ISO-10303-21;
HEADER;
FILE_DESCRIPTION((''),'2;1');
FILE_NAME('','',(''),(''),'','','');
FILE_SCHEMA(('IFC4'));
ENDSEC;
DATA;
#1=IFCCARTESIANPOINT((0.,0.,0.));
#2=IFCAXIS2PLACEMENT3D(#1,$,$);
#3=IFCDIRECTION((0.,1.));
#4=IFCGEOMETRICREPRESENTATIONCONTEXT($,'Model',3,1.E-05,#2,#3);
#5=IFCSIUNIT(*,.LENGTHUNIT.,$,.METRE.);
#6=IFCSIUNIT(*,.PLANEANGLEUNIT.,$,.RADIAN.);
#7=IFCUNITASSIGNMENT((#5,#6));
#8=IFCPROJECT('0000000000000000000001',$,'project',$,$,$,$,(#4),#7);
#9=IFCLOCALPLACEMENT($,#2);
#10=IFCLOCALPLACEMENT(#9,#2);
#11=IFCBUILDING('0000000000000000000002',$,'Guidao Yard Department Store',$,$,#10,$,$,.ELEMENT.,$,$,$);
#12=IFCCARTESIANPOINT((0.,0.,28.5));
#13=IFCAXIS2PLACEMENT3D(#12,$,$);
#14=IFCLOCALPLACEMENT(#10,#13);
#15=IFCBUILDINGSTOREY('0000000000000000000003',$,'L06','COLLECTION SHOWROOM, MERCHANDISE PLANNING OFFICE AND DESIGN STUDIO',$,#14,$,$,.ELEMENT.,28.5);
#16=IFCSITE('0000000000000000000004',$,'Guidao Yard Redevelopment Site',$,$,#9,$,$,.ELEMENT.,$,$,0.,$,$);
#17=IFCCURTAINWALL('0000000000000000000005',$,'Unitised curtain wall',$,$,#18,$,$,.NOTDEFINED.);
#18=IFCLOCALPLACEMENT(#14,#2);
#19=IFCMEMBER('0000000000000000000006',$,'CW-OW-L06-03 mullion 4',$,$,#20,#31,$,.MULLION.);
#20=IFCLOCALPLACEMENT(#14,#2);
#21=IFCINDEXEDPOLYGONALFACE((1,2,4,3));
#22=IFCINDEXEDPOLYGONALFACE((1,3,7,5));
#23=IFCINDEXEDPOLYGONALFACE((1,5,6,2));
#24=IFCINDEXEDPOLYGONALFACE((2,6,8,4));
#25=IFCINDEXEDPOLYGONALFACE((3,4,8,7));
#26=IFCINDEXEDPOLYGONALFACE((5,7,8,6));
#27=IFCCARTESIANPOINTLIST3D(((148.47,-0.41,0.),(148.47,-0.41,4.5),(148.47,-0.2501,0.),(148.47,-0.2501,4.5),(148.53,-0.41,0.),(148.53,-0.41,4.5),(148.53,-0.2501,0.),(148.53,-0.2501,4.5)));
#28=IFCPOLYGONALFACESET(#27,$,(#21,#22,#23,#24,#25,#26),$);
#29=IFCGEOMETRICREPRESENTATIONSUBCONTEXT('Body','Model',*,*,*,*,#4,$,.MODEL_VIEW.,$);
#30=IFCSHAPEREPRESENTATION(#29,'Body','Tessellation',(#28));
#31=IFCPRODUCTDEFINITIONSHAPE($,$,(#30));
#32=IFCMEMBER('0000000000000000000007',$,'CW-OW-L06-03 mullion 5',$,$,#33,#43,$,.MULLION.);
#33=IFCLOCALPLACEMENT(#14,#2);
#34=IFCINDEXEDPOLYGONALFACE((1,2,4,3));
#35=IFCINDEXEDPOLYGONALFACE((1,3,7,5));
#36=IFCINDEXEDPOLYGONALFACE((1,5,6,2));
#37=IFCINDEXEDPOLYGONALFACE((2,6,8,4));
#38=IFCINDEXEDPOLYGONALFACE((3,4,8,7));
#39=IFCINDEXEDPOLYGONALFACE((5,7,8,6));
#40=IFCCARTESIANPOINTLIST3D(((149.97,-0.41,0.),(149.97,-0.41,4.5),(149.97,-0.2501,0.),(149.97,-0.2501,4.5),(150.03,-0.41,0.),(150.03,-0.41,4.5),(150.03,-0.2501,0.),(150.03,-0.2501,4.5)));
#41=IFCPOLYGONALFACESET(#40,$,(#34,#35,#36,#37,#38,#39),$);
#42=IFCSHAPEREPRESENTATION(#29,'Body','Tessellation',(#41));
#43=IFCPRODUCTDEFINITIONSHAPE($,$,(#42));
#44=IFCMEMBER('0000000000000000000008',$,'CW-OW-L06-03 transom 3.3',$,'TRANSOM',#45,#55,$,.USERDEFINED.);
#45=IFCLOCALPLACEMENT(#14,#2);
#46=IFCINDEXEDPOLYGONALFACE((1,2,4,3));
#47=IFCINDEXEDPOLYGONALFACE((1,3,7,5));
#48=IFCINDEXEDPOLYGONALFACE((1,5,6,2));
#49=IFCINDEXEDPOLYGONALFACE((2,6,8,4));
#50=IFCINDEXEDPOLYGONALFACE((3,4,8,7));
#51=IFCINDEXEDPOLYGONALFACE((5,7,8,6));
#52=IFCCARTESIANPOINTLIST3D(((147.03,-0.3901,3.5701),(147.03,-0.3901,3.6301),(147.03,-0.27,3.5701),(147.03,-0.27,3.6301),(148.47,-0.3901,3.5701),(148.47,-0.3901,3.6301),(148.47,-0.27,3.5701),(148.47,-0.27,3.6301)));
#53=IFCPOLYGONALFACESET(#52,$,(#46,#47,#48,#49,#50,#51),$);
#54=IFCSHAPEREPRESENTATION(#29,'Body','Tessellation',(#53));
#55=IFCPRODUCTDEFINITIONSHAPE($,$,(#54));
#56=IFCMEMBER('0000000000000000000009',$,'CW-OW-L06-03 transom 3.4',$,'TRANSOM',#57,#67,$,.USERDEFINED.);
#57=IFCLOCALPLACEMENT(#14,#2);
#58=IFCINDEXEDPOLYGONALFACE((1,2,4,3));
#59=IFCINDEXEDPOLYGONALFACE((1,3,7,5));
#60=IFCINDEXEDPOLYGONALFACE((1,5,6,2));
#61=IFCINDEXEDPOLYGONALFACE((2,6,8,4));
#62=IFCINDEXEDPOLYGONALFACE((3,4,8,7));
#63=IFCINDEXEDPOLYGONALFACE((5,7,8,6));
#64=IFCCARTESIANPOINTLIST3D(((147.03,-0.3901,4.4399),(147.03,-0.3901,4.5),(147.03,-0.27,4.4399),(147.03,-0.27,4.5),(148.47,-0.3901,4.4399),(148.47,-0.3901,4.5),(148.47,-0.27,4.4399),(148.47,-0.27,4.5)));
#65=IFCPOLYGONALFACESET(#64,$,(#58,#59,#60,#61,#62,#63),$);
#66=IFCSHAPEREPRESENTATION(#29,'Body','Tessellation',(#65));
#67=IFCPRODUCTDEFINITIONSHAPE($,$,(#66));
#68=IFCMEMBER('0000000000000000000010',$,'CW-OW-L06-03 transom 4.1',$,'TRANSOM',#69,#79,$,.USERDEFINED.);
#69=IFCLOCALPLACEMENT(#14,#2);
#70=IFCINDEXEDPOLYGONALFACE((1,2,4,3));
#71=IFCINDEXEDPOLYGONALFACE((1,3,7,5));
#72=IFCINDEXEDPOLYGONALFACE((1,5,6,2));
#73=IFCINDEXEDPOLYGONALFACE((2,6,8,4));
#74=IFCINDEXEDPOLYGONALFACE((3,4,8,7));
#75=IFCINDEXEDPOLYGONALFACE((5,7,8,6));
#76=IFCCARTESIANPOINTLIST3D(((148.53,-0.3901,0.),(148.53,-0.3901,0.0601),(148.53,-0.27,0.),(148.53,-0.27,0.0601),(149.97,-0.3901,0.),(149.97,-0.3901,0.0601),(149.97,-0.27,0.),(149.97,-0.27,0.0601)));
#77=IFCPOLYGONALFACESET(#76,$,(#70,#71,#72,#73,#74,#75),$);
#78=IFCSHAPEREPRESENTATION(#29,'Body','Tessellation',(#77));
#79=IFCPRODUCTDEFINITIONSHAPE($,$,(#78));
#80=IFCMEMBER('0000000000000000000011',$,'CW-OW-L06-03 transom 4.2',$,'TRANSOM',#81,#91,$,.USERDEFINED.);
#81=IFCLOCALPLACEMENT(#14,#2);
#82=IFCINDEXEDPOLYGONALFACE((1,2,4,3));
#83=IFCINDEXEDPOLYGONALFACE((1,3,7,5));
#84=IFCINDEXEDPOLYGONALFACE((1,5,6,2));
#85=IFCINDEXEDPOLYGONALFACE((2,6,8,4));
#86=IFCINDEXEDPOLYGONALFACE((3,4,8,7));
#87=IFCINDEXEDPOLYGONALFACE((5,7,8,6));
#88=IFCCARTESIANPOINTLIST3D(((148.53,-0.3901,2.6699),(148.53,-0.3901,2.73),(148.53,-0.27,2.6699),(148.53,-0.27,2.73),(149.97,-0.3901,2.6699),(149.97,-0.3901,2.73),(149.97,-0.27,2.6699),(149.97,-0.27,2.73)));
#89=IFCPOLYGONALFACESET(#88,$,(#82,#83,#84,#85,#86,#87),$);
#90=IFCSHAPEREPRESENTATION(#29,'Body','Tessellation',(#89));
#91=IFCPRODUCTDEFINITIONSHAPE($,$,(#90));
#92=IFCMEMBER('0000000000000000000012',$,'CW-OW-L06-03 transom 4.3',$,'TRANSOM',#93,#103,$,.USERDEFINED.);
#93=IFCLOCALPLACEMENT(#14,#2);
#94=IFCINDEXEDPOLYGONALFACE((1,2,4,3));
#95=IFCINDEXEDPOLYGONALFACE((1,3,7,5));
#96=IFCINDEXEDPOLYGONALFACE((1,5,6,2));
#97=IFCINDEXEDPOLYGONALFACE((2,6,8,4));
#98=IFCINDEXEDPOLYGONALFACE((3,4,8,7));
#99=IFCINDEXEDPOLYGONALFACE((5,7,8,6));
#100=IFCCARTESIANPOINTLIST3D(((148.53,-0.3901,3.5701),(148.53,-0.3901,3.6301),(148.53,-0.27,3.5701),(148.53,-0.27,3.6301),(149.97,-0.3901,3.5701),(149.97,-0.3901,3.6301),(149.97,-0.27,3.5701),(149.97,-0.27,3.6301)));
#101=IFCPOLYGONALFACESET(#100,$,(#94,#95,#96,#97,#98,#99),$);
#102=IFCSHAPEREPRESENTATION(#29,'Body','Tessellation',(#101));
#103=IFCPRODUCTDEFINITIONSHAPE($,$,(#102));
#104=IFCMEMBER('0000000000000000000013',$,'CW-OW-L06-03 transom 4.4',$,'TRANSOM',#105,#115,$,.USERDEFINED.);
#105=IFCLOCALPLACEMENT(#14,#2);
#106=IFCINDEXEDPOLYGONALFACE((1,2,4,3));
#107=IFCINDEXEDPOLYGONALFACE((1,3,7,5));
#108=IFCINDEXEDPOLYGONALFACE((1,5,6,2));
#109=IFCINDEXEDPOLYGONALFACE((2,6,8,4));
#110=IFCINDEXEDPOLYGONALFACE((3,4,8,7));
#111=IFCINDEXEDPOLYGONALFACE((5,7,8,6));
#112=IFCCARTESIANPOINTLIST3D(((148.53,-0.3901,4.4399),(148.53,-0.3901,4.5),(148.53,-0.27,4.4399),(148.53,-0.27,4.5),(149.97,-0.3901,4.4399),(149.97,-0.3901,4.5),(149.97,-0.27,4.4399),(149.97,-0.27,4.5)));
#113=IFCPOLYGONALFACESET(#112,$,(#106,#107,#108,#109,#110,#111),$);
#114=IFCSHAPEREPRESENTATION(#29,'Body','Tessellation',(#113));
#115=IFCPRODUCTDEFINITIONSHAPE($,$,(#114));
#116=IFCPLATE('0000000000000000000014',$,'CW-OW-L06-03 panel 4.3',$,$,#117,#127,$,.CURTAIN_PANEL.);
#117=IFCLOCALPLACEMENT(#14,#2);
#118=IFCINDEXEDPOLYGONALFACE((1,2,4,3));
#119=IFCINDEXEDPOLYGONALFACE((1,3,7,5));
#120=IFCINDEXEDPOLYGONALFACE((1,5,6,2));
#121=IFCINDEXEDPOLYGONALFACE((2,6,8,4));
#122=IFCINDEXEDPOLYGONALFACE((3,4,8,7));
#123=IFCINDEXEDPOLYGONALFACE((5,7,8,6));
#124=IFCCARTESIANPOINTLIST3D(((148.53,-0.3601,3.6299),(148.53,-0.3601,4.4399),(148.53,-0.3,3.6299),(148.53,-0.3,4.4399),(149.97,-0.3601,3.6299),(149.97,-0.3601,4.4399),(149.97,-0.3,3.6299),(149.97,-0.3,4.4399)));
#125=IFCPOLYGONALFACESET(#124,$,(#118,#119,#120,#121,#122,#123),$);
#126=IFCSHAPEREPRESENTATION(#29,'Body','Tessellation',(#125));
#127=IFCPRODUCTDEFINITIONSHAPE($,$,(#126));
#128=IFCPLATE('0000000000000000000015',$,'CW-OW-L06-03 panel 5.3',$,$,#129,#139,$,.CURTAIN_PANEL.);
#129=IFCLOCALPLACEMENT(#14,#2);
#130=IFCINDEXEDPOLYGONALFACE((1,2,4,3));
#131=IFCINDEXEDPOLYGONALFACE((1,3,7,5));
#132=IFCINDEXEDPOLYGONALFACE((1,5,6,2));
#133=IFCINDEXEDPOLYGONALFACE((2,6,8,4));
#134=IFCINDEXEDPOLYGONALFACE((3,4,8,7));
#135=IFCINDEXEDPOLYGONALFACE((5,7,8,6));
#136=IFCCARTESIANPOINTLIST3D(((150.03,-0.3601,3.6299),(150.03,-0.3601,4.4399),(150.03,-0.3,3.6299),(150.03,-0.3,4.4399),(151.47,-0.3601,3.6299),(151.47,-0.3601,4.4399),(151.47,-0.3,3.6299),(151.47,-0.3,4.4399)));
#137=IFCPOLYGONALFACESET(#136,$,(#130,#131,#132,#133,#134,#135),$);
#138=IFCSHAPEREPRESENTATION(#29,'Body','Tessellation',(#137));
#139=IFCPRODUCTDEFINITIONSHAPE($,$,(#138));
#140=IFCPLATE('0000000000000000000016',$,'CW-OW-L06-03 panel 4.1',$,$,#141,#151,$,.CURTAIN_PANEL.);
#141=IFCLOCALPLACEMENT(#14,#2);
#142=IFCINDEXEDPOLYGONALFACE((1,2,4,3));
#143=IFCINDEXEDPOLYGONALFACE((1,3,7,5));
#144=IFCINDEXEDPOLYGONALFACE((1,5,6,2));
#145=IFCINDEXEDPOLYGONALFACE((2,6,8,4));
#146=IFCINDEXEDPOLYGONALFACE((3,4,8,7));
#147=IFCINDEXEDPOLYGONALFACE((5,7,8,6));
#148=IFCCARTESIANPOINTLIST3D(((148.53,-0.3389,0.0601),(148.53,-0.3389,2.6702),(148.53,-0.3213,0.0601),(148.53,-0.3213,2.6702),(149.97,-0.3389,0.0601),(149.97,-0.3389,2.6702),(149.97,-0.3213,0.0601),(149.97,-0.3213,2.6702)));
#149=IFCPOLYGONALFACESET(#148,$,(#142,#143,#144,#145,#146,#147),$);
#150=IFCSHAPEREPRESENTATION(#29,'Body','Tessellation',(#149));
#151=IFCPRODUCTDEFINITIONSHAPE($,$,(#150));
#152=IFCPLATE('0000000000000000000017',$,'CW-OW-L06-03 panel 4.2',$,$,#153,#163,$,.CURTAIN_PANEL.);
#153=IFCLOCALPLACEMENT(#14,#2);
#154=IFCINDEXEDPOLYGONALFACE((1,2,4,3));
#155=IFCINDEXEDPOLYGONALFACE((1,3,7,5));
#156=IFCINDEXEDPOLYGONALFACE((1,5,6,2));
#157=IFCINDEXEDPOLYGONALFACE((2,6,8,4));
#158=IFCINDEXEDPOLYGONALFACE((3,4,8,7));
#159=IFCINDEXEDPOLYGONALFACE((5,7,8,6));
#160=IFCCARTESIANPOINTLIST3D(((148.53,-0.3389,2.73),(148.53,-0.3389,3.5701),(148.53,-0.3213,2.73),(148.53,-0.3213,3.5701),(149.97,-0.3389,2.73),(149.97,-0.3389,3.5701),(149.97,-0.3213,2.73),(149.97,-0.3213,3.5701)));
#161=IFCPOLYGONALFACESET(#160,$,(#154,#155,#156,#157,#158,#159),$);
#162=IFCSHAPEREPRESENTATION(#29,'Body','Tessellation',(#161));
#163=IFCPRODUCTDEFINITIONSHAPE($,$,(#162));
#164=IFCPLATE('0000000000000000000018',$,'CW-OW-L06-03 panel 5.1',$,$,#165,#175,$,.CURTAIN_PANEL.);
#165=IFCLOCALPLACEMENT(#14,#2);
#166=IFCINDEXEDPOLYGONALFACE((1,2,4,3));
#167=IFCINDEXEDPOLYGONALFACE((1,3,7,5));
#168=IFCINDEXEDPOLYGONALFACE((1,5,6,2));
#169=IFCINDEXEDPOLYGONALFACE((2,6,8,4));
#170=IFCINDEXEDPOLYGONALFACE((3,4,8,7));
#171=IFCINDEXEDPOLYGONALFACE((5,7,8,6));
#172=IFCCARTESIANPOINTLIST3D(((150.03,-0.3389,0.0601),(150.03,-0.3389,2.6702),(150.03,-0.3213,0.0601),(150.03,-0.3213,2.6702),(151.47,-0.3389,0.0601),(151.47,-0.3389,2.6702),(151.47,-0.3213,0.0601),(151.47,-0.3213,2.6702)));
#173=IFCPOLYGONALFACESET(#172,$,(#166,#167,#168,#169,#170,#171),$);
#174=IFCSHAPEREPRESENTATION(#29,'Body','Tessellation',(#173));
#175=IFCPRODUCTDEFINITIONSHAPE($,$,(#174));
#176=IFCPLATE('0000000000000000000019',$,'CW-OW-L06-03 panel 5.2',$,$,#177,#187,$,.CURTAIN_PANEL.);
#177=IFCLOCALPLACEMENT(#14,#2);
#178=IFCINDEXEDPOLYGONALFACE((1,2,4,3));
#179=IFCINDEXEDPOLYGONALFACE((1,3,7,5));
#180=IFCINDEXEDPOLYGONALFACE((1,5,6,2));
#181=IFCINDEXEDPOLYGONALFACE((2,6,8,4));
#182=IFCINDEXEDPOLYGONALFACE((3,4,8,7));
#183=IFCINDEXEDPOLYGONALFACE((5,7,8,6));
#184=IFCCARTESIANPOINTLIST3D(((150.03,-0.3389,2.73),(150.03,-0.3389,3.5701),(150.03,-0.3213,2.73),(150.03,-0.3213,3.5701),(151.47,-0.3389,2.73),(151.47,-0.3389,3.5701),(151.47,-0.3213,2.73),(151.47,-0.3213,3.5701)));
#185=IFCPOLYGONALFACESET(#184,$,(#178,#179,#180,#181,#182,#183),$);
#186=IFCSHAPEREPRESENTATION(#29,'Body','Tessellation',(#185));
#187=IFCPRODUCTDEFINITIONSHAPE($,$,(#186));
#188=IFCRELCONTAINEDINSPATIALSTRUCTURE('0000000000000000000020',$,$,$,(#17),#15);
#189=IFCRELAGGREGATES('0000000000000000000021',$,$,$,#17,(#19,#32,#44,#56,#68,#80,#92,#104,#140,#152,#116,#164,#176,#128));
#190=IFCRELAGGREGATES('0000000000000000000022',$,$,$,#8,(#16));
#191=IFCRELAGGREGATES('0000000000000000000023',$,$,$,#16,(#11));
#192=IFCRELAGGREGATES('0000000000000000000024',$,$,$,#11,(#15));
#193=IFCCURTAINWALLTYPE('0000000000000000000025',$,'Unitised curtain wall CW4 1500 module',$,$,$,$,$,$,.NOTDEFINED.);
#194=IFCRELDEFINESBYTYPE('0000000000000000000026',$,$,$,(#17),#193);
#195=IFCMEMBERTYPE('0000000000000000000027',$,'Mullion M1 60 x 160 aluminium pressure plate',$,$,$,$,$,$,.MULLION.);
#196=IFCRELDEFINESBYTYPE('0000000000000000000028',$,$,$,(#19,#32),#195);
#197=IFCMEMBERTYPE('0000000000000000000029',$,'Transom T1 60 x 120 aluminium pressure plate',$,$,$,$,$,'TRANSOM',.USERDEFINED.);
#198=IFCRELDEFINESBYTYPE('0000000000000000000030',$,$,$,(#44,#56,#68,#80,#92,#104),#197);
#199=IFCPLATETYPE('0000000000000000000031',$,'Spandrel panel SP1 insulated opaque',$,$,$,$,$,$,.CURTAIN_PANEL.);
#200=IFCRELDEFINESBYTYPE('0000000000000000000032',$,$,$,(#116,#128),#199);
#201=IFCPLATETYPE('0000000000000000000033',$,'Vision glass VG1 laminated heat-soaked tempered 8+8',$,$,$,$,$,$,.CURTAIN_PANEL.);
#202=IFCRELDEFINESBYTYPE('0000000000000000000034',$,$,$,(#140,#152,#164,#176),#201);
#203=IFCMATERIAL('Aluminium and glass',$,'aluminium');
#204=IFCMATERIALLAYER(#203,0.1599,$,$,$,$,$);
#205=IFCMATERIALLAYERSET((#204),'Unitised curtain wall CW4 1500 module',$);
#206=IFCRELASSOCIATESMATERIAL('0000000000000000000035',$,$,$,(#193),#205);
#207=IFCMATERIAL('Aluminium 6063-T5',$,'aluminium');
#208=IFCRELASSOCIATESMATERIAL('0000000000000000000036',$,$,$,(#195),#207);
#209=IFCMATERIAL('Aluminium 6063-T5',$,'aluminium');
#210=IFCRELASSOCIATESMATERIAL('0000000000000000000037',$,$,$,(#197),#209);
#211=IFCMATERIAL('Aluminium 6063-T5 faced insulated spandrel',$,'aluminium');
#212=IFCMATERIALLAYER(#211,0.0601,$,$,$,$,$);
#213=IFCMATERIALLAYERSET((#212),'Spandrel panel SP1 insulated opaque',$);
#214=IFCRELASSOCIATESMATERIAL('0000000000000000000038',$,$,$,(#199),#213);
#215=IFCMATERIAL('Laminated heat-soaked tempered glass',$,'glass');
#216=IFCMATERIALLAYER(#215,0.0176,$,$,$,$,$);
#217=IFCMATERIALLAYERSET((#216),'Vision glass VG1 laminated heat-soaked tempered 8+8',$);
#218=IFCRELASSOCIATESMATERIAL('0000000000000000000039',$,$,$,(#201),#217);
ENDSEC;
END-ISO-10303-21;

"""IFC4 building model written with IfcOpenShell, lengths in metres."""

from ifc_helpers import new_model, si_unit, direction, frame, origin, origin_2d, place, context, subcontext, project, spatial, rectangle, extrude, material, layer, layer_set, material_profile, profile_set, type_object, element, aggregate, save


model = new_model("IFC4")

# Units and contexts
model_context = context("Model", 3, precision=1e-05, world=origin(), true_north=direction((0.0, 1.0)))
body_context = subcontext(model_context, "Body", "Model", "MODEL_VIEW")
ifc_project = project(units=[si_unit("LENGTHUNIT", "METRE"), si_unit("PLANEANGLEUNIT", "RADIAN")], contexts=[model_context])

# Site, building, storey
site_placement = place(None, origin())
site = spatial("IfcSite", under=ifc_project, at=site_placement, Name="Guidao Yard Redevelopment Site", CompositionType="ELEMENT", RefElevation=0.0)
building_placement = place(site_placement, origin())
building = spatial("IfcBuilding", under=site, at=building_placement, Name="Guidao Yard Department Store", CompositionType="ELEMENT")
storey_placement = place(building_placement, frame((0.0, 0.0, 28.5)))
storey = spatial("IfcBuildingStorey", under=building, at=storey_placement, Name="L06", Description="COLLECTION SHOWROOM, MERCHANDISE PLANNING OFFICE AND DESIGN STUDIO", CompositionType="ELEMENT", Elevation=28.5)

# Curtain wall, members, plates
ifc_material_1 = material(Name="Aluminium and glass", Category="aluminium")
ifc_layer_1 = layer(ifc_material_1, 0.1599)
ifc_layer_set_1 = layer_set([ifc_layer_1], Name="Unitised curtain wall CW4 1500 module")
curtain_wall_type = type_object("IfcCurtainWallType", Name="Unitised curtain wall CW4 1500 module", PredefinedType="NOTDEFINED", material=ifc_layer_set_1)
curtain_wall_placement = place(storey_placement, origin())
curtain_wall = element("IfcCurtainWall", 1, at=curtain_wall_placement, inside=storey, type_object=curtain_wall_type, Name="Unitised curtain wall", PredefinedType="NOTDEFINED")
ifc_material_2 = material(Name="Aluminium 6063-T5", Category="aluminium")
ifc_material_profile_1 = material_profile(ifc_material_2, rectangle(XDim=0.0601, YDim=0.1599, at=origin_2d()), Name="Mullion M1 60 x 160 aluminium pressure plate")
ifc_profile_set_1 = profile_set([ifc_material_profile_1], Name="Aluminium 6063-T5")
member_type_1 = type_object("IfcMemberType", Name="Mullion M1 60 x 160 aluminium pressure plate", PredefinedType="MULLION", material=ifc_profile_set_1)
member_1_placement = place(storey_placement, frame((148.5, -0.3301, 0.0), z_axis=(0.0, 0.0, 1.0), x_axis=(-1.0, 0.0, 0.0)))
member_1 = element("IfcMember", 2, at=member_1_placement, type_object=member_type_1, Name="CW-OW-L06-03 mullion 4", PredefinedType="MULLION", context=body_context, shape_type="SweptSolid", body=[
    extrude(rectangle(XDim=0.0601, YDim=0.1599, at=origin_2d()), origin(), (0.0, 0.0, 1.0), 4.5),
])
member_2_placement = place(storey_placement, frame((150.0, -0.3301, 0.0), z_axis=(0.0, 0.0, 1.0), x_axis=(-1.0, 0.0, 0.0)))
member_2 = element("IfcMember", 3, at=member_2_placement, type_object=member_type_1, Name="CW-OW-L06-03 mullion 5", PredefinedType="MULLION", context=body_context, shape_type="SweptSolid", body=[
    extrude(rectangle(XDim=0.0601, YDim=0.1599, at=origin_2d()), origin(), (0.0, 0.0, 1.0), 4.5),
])
ifc_material_3 = material(Name="Aluminium 6063-T5", Category="aluminium")
ifc_material_profile_2 = material_profile(ifc_material_3, rectangle(XDim=0.1201, YDim=0.0601, at=origin_2d()), Name="Transom T1 60 x 120 aluminium pressure plate")
ifc_profile_set_2 = profile_set([ifc_material_profile_2], Name="Aluminium 6063-T5")
member_type_2 = type_object("IfcMemberType", Name="Transom T1 60 x 120 aluminium pressure plate", ElementType="TRANSOM", PredefinedType="USERDEFINED", material=ifc_profile_set_2)
member_3_placement = place(storey_placement, frame((148.47, -0.3301, 3.6001), z_axis=(-1.0, 0.0, 0.0), x_axis=(0.0, -1.0, 0.0)))
member_3 = element("IfcMember", 4, at=member_3_placement, type_object=member_type_2, Name="CW-OW-L06-03 transom 3.3", ObjectType="TRANSOM", PredefinedType="USERDEFINED", context=body_context, shape_type="SweptSolid", body=[
    extrude(rectangle(XDim=0.1201, YDim=0.0601, at=origin_2d()), origin(), (0.0, 0.0, 1.0), 1.4399),
])
member_4_placement = place(storey_placement, frame((148.47, -0.3301, 4.47), z_axis=(-1.0, 0.0, 0.0), x_axis=(0.0, -1.0, 0.0)))
member_4 = element("IfcMember", 5, at=member_4_placement, type_object=member_type_2, Name="CW-OW-L06-03 transom 3.4", ObjectType="TRANSOM", PredefinedType="USERDEFINED", context=body_context, shape_type="SweptSolid", body=[
    extrude(rectangle(XDim=0.1201, YDim=0.0601, at=origin_2d()), origin(), (0.0, 0.0, 1.0), 1.4399),
])
member_5_placement = place(storey_placement, frame((149.97, -0.3301, 0.03), z_axis=(-1.0, 0.0, 0.0), x_axis=(0.0, -1.0, 0.0)))
member_5 = element("IfcMember", 6, at=member_5_placement, type_object=member_type_2, Name="CW-OW-L06-03 transom 4.1", ObjectType="TRANSOM", PredefinedType="USERDEFINED", context=body_context, shape_type="SweptSolid", body=[
    extrude(rectangle(XDim=0.1201, YDim=0.0601, at=origin_2d()), origin(), (0.0, 0.0, 1.0), 1.4399),
])
member_6_placement = place(storey_placement, frame((149.97, -0.3301, 2.7), z_axis=(-1.0, 0.0, 0.0), x_axis=(0.0, -1.0, 0.0)))
member_6 = element("IfcMember", 7, at=member_6_placement, type_object=member_type_2, Name="CW-OW-L06-03 transom 4.2", ObjectType="TRANSOM", PredefinedType="USERDEFINED", context=body_context, shape_type="SweptSolid", body=[
    extrude(rectangle(XDim=0.1201, YDim=0.0601, at=origin_2d()), origin(), (0.0, 0.0, 1.0), 1.4399),
])
member_7_placement = place(storey_placement, frame((149.97, -0.3301, 3.6001), z_axis=(-1.0, 0.0, 0.0), x_axis=(0.0, -1.0, 0.0)))
member_7 = element("IfcMember", 8, at=member_7_placement, type_object=member_type_2, Name="CW-OW-L06-03 transom 4.3", ObjectType="TRANSOM", PredefinedType="USERDEFINED", context=body_context, shape_type="SweptSolid", body=[
    extrude(rectangle(XDim=0.1201, YDim=0.0601, at=origin_2d()), origin(), (0.0, 0.0, 1.0), 1.4399),
])
member_8_placement = place(storey_placement, frame((149.97, -0.3301, 4.47), z_axis=(-1.0, 0.0, 0.0), x_axis=(0.0, -1.0, 0.0)))
member_8 = element("IfcMember", 9, at=member_8_placement, type_object=member_type_2, Name="CW-OW-L06-03 transom 4.4", ObjectType="TRANSOM", PredefinedType="USERDEFINED", context=body_context, shape_type="SweptSolid", body=[
    extrude(rectangle(XDim=0.1201, YDim=0.0601, at=origin_2d()), origin(), (0.0, 0.0, 1.0), 1.4399),
])
ifc_material_4 = material(Name="Aluminium 6063-T5 faced insulated spandrel", Category="aluminium")
ifc_layer_2 = layer(ifc_material_4, 0.0601)
ifc_layer_set_2 = layer_set([ifc_layer_2], Name="Spandrel panel SP1 insulated opaque")
plate_type_1 = type_object("IfcPlateType", Name="Spandrel panel SP1 insulated opaque", PredefinedType="CURTAIN_PANEL", material=ifc_layer_set_2)
plate_1_placement = place(storey_placement, frame((149.25, -0.3301, 3.6299), z_axis=(0.0, 0.0, 1.0), x_axis=(-1.0, 0.0, 0.0)))
plate_1 = element("IfcPlate", 10, at=plate_1_placement, type_object=plate_type_1, Name="CW-OW-L06-03 panel 4.3", PredefinedType="CURTAIN_PANEL", context=body_context, shape_type="SweptSolid", body=[
    extrude(rectangle(XDim=1.4399, YDim=0.0601, at=origin_2d()), origin(), (0.0, 0.0, 1.0), 0.8101),
])
plate_2_placement = place(storey_placement, frame((150.75, -0.3301, 3.6299), z_axis=(0.0, 0.0, 1.0), x_axis=(-1.0, 0.0, 0.0)))
plate_2 = element("IfcPlate", 11, at=plate_2_placement, type_object=plate_type_1, Name="CW-OW-L06-03 panel 5.3", PredefinedType="CURTAIN_PANEL", context=body_context, shape_type="SweptSolid", body=[
    extrude(rectangle(XDim=1.4399, YDim=0.0601, at=origin_2d()), origin(), (0.0, 0.0, 1.0), 0.8101),
])
ifc_material_5 = material(Name="Laminated heat-soaked tempered glass", Category="glass")
ifc_layer_3 = layer(ifc_material_5, 0.0176)
ifc_layer_set_3 = layer_set([ifc_layer_3], Name="Vision glass VG1 laminated heat-soaked tempered 8+8")
plate_type_2 = type_object("IfcPlateType", Name="Vision glass VG1 laminated heat-soaked tempered 8+8", PredefinedType="CURTAIN_PANEL", material=ifc_layer_set_3)
plate_3_placement = place(storey_placement, frame((149.25, -0.3301, 0.0601), z_axis=(0.0, 0.0, 1.0), x_axis=(-1.0, 0.0, 0.0)))
plate_3 = element("IfcPlate", 12, at=plate_3_placement, type_object=plate_type_2, Name="CW-OW-L06-03 panel 4.1", PredefinedType="CURTAIN_PANEL", context=body_context, shape_type="SweptSolid", body=[
    extrude(rectangle(XDim=1.4399, YDim=0.0176, at=origin_2d()), origin(), (0.0, 0.0, 1.0), 2.6101),
])
plate_4_placement = place(storey_placement, frame((149.25, -0.3301, 2.73), z_axis=(0.0, 0.0, 1.0), x_axis=(-1.0, 0.0, 0.0)))
plate_4 = element("IfcPlate", 13, at=plate_4_placement, type_object=plate_type_2, Name="CW-OW-L06-03 panel 4.2", PredefinedType="CURTAIN_PANEL", context=body_context, shape_type="SweptSolid", body=[
    extrude(rectangle(XDim=1.4399, YDim=0.0176, at=origin_2d()), origin(), (0.0, 0.0, 1.0), 0.8401),
])
plate_5_placement = place(storey_placement, frame((150.75, -0.3301, 0.0601), z_axis=(0.0, 0.0, 1.0), x_axis=(-1.0, 0.0, 0.0)))
plate_5 = element("IfcPlate", 14, at=plate_5_placement, type_object=plate_type_2, Name="CW-OW-L06-03 panel 5.1", PredefinedType="CURTAIN_PANEL", context=body_context, shape_type="SweptSolid", body=[
    extrude(rectangle(XDim=1.4399, YDim=0.0176, at=origin_2d()), origin(), (0.0, 0.0, 1.0), 2.6101),
])
plate_6_placement = place(storey_placement, frame((150.75, -0.3301, 2.73), z_axis=(0.0, 0.0, 1.0), x_axis=(-1.0, 0.0, 0.0)))
plate_6 = element("IfcPlate", 15, at=plate_6_placement, type_object=plate_type_2, Name="CW-OW-L06-03 panel 5.2", PredefinedType="CURTAIN_PANEL", context=body_context, shape_type="SweptSolid", body=[
    extrude(rectangle(XDim=1.4399, YDim=0.0176, at=origin_2d()), origin(), (0.0, 0.0, 1.0), 0.8401),
])
aggregate(curtain_wall, [member_1, member_2, member_3, member_4, member_5, member_6, member_7, member_8, plate_3, plate_4, plate_1, plate_5, plate_6, plate_2])

save(model, "model.ifc")
